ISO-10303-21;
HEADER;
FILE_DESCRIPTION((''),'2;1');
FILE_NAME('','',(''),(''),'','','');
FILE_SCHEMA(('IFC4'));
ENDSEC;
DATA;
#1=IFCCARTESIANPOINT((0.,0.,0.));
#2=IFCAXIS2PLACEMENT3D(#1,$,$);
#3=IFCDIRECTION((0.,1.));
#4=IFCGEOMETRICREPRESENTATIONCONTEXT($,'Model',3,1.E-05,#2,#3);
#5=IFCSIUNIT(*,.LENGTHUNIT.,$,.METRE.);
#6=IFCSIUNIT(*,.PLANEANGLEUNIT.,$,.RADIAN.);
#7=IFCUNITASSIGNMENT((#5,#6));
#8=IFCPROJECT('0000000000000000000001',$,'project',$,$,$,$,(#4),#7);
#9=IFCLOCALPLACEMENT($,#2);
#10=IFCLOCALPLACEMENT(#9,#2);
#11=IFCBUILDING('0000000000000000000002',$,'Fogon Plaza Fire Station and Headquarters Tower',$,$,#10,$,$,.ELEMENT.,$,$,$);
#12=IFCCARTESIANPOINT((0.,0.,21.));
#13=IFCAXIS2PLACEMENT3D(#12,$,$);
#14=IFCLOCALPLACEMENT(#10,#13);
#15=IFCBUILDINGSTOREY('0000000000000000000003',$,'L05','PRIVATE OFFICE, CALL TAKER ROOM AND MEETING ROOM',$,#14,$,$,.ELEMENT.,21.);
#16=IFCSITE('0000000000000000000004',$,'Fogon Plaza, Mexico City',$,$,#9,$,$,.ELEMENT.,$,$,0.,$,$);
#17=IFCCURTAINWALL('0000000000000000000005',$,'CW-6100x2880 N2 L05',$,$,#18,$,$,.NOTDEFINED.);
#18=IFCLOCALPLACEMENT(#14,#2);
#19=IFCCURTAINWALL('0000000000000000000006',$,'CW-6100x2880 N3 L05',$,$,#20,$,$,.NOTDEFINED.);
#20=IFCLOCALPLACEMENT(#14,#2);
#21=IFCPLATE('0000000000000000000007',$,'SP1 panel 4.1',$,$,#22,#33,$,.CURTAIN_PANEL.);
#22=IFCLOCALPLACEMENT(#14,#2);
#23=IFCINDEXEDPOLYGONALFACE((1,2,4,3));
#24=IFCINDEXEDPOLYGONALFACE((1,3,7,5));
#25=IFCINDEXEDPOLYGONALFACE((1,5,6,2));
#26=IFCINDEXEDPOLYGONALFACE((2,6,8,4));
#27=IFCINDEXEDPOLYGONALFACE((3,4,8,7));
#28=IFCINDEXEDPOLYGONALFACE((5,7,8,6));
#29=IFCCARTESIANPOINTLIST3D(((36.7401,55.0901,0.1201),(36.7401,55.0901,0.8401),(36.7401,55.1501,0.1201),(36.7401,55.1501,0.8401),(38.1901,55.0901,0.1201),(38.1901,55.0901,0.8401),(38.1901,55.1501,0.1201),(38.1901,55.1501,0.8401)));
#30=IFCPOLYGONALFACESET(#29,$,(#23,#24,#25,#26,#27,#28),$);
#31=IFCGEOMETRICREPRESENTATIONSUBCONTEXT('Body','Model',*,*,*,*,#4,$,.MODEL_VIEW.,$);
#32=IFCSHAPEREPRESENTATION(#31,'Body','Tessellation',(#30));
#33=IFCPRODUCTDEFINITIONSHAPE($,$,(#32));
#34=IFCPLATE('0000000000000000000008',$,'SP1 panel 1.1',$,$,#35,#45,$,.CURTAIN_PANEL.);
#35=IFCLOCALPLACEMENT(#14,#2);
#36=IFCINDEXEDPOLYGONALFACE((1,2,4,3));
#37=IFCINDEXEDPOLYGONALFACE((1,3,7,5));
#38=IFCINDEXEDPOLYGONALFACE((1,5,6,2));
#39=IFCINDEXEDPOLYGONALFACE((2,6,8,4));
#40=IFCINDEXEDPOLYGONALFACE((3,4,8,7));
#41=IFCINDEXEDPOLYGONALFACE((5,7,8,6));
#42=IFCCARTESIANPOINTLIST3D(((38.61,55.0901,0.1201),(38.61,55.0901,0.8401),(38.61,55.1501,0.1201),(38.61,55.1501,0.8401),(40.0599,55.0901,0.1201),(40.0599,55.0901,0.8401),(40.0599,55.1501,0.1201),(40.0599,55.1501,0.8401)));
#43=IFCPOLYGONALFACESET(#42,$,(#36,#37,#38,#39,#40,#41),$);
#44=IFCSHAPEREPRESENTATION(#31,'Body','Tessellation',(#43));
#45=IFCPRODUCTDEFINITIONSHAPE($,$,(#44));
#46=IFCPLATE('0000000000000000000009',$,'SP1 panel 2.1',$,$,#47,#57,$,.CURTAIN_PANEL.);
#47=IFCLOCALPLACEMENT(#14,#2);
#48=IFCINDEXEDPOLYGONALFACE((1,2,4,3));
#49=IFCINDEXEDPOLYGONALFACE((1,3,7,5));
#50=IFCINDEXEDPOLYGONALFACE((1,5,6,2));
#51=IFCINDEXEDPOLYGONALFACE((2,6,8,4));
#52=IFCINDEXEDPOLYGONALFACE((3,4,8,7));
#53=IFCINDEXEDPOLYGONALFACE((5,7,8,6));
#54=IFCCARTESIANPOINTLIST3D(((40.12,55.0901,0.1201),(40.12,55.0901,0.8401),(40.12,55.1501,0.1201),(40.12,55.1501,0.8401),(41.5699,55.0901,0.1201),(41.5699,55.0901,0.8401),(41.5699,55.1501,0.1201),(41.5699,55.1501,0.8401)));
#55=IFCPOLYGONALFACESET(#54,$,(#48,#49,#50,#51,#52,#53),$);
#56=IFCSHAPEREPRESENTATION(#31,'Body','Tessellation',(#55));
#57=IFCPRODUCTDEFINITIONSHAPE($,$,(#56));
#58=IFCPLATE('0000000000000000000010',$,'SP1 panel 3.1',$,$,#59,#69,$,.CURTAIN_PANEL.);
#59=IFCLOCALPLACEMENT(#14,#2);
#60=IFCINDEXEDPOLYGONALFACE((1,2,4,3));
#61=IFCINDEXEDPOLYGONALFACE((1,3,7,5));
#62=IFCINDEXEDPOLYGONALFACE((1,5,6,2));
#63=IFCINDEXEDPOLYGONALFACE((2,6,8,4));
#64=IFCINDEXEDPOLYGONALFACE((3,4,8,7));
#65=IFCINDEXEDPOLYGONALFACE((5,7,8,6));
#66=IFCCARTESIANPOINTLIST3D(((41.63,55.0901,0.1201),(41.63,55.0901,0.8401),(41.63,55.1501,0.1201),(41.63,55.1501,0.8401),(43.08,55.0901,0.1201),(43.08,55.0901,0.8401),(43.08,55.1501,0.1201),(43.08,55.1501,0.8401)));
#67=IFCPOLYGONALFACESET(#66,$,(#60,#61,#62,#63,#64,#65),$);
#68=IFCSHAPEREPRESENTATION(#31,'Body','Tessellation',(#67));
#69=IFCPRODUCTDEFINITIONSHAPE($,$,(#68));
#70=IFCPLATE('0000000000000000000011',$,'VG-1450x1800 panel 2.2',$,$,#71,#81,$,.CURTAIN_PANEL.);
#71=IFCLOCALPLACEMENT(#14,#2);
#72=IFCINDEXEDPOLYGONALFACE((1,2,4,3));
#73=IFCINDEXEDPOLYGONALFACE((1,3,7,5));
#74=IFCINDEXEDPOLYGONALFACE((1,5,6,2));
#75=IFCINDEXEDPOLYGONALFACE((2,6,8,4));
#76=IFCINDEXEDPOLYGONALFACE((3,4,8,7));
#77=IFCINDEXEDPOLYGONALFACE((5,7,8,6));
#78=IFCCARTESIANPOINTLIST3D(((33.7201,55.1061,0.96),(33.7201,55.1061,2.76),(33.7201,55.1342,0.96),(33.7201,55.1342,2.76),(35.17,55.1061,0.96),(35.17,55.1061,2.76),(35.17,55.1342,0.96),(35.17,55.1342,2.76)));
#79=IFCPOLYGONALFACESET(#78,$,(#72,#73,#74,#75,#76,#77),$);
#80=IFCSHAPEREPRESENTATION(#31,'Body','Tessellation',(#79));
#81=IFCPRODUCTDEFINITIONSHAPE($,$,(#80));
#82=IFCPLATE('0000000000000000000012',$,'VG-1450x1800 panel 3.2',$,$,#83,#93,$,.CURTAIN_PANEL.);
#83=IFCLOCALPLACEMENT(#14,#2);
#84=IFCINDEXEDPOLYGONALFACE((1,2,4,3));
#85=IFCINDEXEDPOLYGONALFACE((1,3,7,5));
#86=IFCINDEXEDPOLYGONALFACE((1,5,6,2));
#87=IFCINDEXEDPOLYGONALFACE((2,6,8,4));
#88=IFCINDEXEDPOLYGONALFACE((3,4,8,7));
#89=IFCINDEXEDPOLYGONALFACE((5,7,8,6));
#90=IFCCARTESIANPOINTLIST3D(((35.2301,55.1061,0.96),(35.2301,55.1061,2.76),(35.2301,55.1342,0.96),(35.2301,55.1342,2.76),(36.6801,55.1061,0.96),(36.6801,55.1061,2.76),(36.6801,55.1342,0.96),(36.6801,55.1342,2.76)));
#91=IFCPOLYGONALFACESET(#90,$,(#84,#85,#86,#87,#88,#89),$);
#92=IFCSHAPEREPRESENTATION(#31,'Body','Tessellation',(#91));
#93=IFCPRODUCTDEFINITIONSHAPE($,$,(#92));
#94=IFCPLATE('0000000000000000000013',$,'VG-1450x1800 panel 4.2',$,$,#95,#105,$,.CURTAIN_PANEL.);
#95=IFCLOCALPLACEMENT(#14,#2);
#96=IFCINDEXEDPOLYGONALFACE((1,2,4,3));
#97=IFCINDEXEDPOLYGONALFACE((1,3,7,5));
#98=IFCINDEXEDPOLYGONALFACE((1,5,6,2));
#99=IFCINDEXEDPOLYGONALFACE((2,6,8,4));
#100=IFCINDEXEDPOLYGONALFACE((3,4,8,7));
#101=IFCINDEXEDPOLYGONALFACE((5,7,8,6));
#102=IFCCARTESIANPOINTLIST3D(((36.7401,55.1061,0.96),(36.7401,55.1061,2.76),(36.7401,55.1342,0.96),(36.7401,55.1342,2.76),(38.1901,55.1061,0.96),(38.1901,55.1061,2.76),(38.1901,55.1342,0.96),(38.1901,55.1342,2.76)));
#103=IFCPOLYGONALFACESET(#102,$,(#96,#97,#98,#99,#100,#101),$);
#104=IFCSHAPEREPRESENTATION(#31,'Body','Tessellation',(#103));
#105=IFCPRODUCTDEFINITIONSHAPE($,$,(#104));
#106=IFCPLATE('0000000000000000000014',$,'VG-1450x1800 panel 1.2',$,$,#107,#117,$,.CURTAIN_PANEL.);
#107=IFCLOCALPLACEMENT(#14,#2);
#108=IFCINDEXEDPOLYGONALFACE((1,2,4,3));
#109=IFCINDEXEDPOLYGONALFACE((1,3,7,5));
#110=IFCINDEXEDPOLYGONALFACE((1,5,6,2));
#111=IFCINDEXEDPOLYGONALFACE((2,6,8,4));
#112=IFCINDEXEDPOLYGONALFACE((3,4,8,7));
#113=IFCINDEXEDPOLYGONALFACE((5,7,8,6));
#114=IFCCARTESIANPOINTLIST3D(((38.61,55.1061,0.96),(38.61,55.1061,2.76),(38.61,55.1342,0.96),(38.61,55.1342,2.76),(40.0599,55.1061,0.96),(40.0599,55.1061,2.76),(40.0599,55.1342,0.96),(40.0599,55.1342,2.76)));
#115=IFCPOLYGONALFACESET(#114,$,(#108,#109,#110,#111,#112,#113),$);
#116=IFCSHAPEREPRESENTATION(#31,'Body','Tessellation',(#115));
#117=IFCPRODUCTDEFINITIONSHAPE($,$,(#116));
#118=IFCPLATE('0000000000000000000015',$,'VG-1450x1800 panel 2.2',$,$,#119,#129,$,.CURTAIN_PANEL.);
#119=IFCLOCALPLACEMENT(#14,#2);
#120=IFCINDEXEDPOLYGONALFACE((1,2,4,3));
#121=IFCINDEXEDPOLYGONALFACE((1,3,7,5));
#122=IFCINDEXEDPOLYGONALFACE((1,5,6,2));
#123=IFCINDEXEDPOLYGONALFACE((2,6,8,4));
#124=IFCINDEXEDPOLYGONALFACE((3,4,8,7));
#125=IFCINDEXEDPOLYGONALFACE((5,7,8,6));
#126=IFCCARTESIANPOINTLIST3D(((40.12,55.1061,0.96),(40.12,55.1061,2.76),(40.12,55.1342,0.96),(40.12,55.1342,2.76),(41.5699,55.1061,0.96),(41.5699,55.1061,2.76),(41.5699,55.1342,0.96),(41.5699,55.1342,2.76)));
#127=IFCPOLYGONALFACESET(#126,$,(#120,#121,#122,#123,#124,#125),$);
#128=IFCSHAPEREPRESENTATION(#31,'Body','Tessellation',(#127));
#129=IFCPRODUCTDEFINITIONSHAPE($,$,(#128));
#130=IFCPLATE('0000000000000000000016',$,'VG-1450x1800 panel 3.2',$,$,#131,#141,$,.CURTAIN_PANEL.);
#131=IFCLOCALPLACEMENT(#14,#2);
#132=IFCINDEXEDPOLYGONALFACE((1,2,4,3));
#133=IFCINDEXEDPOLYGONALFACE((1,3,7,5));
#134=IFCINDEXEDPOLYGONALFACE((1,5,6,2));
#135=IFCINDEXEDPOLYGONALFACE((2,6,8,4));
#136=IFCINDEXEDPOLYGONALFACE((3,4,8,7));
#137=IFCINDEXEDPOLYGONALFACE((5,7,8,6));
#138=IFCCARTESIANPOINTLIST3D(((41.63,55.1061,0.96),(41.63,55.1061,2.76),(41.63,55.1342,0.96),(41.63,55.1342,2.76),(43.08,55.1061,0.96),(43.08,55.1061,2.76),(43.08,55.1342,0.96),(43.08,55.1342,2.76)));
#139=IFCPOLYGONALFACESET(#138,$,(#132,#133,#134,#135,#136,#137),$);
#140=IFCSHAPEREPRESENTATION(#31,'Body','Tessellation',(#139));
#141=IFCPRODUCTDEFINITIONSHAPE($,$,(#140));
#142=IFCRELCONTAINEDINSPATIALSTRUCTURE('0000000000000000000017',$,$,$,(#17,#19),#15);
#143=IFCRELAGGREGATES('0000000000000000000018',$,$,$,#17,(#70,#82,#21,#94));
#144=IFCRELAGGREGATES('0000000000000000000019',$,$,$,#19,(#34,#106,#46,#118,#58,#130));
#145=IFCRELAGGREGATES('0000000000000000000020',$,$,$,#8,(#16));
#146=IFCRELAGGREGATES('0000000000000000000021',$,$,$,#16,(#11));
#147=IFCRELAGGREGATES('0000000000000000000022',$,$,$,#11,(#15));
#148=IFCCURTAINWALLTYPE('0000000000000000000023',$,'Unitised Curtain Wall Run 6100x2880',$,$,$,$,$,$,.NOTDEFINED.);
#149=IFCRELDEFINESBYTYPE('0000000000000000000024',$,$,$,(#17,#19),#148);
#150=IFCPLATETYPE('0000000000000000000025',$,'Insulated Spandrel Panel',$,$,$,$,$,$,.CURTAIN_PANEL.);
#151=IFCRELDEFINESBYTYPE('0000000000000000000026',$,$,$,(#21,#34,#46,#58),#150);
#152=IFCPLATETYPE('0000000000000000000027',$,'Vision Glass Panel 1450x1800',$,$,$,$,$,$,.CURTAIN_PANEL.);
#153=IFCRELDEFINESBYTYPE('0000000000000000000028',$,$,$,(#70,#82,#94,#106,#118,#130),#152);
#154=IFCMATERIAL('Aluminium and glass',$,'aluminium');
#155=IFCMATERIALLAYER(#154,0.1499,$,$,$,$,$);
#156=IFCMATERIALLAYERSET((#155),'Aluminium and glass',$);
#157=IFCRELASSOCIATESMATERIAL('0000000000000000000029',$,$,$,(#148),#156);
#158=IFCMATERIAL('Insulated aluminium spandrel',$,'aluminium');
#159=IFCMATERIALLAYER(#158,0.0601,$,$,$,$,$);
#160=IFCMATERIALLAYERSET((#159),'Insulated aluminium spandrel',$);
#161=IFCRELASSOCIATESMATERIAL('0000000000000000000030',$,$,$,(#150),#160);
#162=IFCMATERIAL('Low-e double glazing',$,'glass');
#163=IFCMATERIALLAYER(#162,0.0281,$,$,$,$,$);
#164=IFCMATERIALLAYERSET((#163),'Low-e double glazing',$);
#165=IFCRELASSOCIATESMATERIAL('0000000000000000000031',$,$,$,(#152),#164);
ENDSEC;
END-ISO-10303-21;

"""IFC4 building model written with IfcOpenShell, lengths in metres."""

from ifc_helpers import new_model, si_unit, direction, frame, origin, origin_2d, place, context, subcontext, project, spatial, rectangle, extrude, material, layer, layer_set, type_object, element, aggregate, save


model = new_model("IFC4")

# Units and contexts
model_context = context("Model", 3, precision=1e-05, world=origin(), true_north=direction((0.0, 1.0)))
body_context = subcontext(model_context, "Body", "Model", "MODEL_VIEW")
ifc_project = project(units=[si_unit("LENGTHUNIT", "METRE"), si_unit("PLANEANGLEUNIT", "RADIAN")], contexts=[model_context])

# Site, building, storey
site_placement = place(None, origin())
site = spatial("IfcSite", under=ifc_project, at=site_placement, Name="Fogon Plaza, Mexico City", CompositionType="ELEMENT", RefElevation=0.0)
building_placement = place(site_placement, origin())
building = spatial("IfcBuilding", under=site, at=building_placement, Name="Fogon Plaza Fire Station and Headquarters Tower", CompositionType="ELEMENT")
storey_placement = place(building_placement, frame((0.0, 0.0, 21.0)))
storey = spatial("IfcBuildingStorey", under=building, at=storey_placement, Name="L05", Description="PRIVATE OFFICE, CALL TAKER ROOM AND MEETING ROOM", CompositionType="ELEMENT", Elevation=21.0)

# Curtain walls
ifc_material_1 = material(Name="Aluminium and glass", Category="aluminium")
ifc_layer_1 = layer(ifc_material_1, 0.1499)
ifc_layer_set_1 = layer_set([ifc_layer_1], Name="Aluminium and glass")
curtain_wall_type = type_object("IfcCurtainWallType", Name="Unitised Curtain Wall Run 6100x2880", PredefinedType="NOTDEFINED", material=ifc_layer_set_1)
curtain_wall_1_placement = place(storey_placement, origin())
curtain_wall_1 = element("IfcCurtainWall", 1, at=curtain_wall_1_placement, inside=storey, type_object=curtain_wall_type, Name="CW-6100x2880 N2 L05", PredefinedType="NOTDEFINED")
curtain_wall_2_placement = place(storey_placement, origin())
curtain_wall_2 = element("IfcCurtainWall", 2, at=curtain_wall_2_placement, inside=storey, type_object=curtain_wall_type, Name="CW-6100x2880 N3 L05", PredefinedType="NOTDEFINED")

# Plates
ifc_material_2 = material(Name="Insulated aluminium spandrel", Category="aluminium")
ifc_layer_2 = layer(ifc_material_2, 0.0601)
ifc_layer_set_2 = layer_set([ifc_layer_2], Name="Insulated aluminium spandrel")
plate_type_1 = type_object("IfcPlateType", Name="Insulated Spandrel Panel", PredefinedType="CURTAIN_PANEL", material=ifc_layer_set_2)
plate_1_placement = place(storey_placement, frame((37.4651, 55.1201, 0.1201), z_axis=(0.0, 0.0, 1.0), x_axis=(1.0, 0.0, 0.0)))
plate_1 = element("IfcPlate", 3, at=plate_1_placement, type_object=plate_type_1, Name="SP1 panel 4.1", PredefinedType="CURTAIN_PANEL", context=body_context, shape_type="SweptSolid", body=[
    extrude(rectangle(XDim=1.45, YDim=0.0601, at=origin_2d()), origin(), (0.0, 0.0, 1.0), 0.72),
])
plate_2_placement = place(storey_placement, frame((39.335, 55.1201, 0.1201), z_axis=(0.0, 0.0, 1.0), x_axis=(1.0, 0.0, 0.0)))
plate_2 = element("IfcPlate", 4, at=plate_2_placement, type_object=plate_type_1, Name="SP1 panel 1.1", PredefinedType="CURTAIN_PANEL", context=body_context, shape_type="SweptSolid", body=[
    extrude(rectangle(XDim=1.45, YDim=0.0601, at=origin_2d()), origin(), (0.0, 0.0, 1.0), 0.72),
])
plate_3_placement = place(storey_placement, frame((40.845, 55.1201, 0.1201), z_axis=(0.0, 0.0, 1.0), x_axis=(1.0, 0.0, 0.0)))
plate_3 = element("IfcPlate", 5, at=plate_3_placement, type_object=plate_type_1, Name="SP1 panel 2.1", PredefinedType="CURTAIN_PANEL", context=body_context, shape_type="SweptSolid", body=[
    extrude(rectangle(XDim=1.45, YDim=0.0601, at=origin_2d()), origin(), (0.0, 0.0, 1.0), 0.72),
])
plate_4_placement = place(storey_placement, frame((42.355, 55.1201, 0.1201), z_axis=(0.0, 0.0, 1.0), x_axis=(1.0, 0.0, 0.0)))
plate_4 = element("IfcPlate", 6, at=plate_4_placement, type_object=plate_type_1, Name="SP1 panel 3.1", PredefinedType="CURTAIN_PANEL", context=body_context, shape_type="SweptSolid", body=[
    extrude(rectangle(XDim=1.45, YDim=0.0601, at=origin_2d()), origin(), (0.0, 0.0, 1.0), 0.72),
])
ifc_material_3 = material(Name="Low-e double glazing", Category="glass")
ifc_layer_3 = layer(ifc_material_3, 0.0281)
ifc_layer_set_3 = layer_set([ifc_layer_3], Name="Low-e double glazing")
plate_type_2 = type_object("IfcPlateType", Name="Vision Glass Panel 1450x1800", PredefinedType="CURTAIN_PANEL", material=ifc_layer_set_3)
plate_5_placement = place(storey_placement, frame((34.4451, 55.1201, 0.96), z_axis=(0.0, 0.0, 1.0), x_axis=(1.0, 0.0, 0.0)))
plate_5 = element("IfcPlate", 7, at=plate_5_placement, type_object=plate_type_2, Name="VG-1450x1800 panel 2.2", PredefinedType="CURTAIN_PANEL", context=body_context, shape_type="SweptSolid", body=[
    extrude(rectangle(XDim=1.45, YDim=0.0281, at=origin_2d()), origin(), (0.0, 0.0, 1.0), 1.8),
])
plate_6_placement = place(storey_placement, frame((35.9551, 55.1201, 0.96), z_axis=(0.0, 0.0, 1.0), x_axis=(1.0, 0.0, 0.0)))
plate_6 = element("IfcPlate", 8, at=plate_6_placement, type_object=plate_type_2, Name="VG-1450x1800 panel 3.2", PredefinedType="CURTAIN_PANEL", context=body_context, shape_type="SweptSolid", body=[
    extrude(rectangle(XDim=1.45, YDim=0.0281, at=origin_2d()), origin(), (0.0, 0.0, 1.0), 1.8),
])
plate_7_placement = place(storey_placement, frame((37.4651, 55.1201, 0.96), z_axis=(0.0, 0.0, 1.0), x_axis=(1.0, 0.0, 0.0)))
plate_7 = element("IfcPlate", 9, at=plate_7_placement, type_object=plate_type_2, Name="VG-1450x1800 panel 4.2", PredefinedType="CURTAIN_PANEL", context=body_context, shape_type="SweptSolid", body=[
    extrude(rectangle(XDim=1.45, YDim=0.0281, at=origin_2d()), origin(), (0.0, 0.0, 1.0), 1.8),
])
aggregate(curtain_wall_1, [plate_5, plate_6, plate_1, plate_7])
plate_8_placement = place(storey_placement, frame((39.335, 55.1201, 0.96), z_axis=(0.0, 0.0, 1.0), x_axis=(1.0, 0.0, 0.0)))
plate_8 = element("IfcPlate", 10, at=plate_8_placement, type_object=plate_type_2, Name="VG-1450x1800 panel 1.2", PredefinedType="CURTAIN_PANEL", context=body_context, shape_type="SweptSolid", body=[
    extrude(rectangle(XDim=1.45, YDim=0.0281, at=origin_2d()), origin(), (0.0, 0.0, 1.0), 1.8),
])
plate_9_placement = place(storey_placement, frame((40.845, 55.1201, 0.96), z_axis=(0.0, 0.0, 1.0), x_axis=(1.0, 0.0, 0.0)))
plate_9 = element("IfcPlate", 11, at=plate_9_placement, type_object=plate_type_2, Name="VG-1450x1800 panel 2.2", PredefinedType="CURTAIN_PANEL", context=body_context, shape_type="SweptSolid", body=[
    extrude(rectangle(XDim=1.45, YDim=0.0281, at=origin_2d()), origin(), (0.0, 0.0, 1.0), 1.8),
])
plate_10_placement = place(storey_placement, frame((42.355, 55.1201, 0.96), z_axis=(0.0, 0.0, 1.0), x_axis=(1.0, 0.0, 0.0)))
plate_10 = element("IfcPlate", 12, at=plate_10_placement, type_object=plate_type_2, Name="VG-1450x1800 panel 3.2", PredefinedType="CURTAIN_PANEL", context=body_context, shape_type="SweptSolid", body=[
    extrude(rectangle(XDim=1.45, YDim=0.0281, at=origin_2d()), origin(), (0.0, 0.0, 1.0), 1.8),
])
aggregate(curtain_wall_2, [plate_2, plate_8, plate_3, plate_9, plate_4, plate_10])

save(model, "model.ifc")
